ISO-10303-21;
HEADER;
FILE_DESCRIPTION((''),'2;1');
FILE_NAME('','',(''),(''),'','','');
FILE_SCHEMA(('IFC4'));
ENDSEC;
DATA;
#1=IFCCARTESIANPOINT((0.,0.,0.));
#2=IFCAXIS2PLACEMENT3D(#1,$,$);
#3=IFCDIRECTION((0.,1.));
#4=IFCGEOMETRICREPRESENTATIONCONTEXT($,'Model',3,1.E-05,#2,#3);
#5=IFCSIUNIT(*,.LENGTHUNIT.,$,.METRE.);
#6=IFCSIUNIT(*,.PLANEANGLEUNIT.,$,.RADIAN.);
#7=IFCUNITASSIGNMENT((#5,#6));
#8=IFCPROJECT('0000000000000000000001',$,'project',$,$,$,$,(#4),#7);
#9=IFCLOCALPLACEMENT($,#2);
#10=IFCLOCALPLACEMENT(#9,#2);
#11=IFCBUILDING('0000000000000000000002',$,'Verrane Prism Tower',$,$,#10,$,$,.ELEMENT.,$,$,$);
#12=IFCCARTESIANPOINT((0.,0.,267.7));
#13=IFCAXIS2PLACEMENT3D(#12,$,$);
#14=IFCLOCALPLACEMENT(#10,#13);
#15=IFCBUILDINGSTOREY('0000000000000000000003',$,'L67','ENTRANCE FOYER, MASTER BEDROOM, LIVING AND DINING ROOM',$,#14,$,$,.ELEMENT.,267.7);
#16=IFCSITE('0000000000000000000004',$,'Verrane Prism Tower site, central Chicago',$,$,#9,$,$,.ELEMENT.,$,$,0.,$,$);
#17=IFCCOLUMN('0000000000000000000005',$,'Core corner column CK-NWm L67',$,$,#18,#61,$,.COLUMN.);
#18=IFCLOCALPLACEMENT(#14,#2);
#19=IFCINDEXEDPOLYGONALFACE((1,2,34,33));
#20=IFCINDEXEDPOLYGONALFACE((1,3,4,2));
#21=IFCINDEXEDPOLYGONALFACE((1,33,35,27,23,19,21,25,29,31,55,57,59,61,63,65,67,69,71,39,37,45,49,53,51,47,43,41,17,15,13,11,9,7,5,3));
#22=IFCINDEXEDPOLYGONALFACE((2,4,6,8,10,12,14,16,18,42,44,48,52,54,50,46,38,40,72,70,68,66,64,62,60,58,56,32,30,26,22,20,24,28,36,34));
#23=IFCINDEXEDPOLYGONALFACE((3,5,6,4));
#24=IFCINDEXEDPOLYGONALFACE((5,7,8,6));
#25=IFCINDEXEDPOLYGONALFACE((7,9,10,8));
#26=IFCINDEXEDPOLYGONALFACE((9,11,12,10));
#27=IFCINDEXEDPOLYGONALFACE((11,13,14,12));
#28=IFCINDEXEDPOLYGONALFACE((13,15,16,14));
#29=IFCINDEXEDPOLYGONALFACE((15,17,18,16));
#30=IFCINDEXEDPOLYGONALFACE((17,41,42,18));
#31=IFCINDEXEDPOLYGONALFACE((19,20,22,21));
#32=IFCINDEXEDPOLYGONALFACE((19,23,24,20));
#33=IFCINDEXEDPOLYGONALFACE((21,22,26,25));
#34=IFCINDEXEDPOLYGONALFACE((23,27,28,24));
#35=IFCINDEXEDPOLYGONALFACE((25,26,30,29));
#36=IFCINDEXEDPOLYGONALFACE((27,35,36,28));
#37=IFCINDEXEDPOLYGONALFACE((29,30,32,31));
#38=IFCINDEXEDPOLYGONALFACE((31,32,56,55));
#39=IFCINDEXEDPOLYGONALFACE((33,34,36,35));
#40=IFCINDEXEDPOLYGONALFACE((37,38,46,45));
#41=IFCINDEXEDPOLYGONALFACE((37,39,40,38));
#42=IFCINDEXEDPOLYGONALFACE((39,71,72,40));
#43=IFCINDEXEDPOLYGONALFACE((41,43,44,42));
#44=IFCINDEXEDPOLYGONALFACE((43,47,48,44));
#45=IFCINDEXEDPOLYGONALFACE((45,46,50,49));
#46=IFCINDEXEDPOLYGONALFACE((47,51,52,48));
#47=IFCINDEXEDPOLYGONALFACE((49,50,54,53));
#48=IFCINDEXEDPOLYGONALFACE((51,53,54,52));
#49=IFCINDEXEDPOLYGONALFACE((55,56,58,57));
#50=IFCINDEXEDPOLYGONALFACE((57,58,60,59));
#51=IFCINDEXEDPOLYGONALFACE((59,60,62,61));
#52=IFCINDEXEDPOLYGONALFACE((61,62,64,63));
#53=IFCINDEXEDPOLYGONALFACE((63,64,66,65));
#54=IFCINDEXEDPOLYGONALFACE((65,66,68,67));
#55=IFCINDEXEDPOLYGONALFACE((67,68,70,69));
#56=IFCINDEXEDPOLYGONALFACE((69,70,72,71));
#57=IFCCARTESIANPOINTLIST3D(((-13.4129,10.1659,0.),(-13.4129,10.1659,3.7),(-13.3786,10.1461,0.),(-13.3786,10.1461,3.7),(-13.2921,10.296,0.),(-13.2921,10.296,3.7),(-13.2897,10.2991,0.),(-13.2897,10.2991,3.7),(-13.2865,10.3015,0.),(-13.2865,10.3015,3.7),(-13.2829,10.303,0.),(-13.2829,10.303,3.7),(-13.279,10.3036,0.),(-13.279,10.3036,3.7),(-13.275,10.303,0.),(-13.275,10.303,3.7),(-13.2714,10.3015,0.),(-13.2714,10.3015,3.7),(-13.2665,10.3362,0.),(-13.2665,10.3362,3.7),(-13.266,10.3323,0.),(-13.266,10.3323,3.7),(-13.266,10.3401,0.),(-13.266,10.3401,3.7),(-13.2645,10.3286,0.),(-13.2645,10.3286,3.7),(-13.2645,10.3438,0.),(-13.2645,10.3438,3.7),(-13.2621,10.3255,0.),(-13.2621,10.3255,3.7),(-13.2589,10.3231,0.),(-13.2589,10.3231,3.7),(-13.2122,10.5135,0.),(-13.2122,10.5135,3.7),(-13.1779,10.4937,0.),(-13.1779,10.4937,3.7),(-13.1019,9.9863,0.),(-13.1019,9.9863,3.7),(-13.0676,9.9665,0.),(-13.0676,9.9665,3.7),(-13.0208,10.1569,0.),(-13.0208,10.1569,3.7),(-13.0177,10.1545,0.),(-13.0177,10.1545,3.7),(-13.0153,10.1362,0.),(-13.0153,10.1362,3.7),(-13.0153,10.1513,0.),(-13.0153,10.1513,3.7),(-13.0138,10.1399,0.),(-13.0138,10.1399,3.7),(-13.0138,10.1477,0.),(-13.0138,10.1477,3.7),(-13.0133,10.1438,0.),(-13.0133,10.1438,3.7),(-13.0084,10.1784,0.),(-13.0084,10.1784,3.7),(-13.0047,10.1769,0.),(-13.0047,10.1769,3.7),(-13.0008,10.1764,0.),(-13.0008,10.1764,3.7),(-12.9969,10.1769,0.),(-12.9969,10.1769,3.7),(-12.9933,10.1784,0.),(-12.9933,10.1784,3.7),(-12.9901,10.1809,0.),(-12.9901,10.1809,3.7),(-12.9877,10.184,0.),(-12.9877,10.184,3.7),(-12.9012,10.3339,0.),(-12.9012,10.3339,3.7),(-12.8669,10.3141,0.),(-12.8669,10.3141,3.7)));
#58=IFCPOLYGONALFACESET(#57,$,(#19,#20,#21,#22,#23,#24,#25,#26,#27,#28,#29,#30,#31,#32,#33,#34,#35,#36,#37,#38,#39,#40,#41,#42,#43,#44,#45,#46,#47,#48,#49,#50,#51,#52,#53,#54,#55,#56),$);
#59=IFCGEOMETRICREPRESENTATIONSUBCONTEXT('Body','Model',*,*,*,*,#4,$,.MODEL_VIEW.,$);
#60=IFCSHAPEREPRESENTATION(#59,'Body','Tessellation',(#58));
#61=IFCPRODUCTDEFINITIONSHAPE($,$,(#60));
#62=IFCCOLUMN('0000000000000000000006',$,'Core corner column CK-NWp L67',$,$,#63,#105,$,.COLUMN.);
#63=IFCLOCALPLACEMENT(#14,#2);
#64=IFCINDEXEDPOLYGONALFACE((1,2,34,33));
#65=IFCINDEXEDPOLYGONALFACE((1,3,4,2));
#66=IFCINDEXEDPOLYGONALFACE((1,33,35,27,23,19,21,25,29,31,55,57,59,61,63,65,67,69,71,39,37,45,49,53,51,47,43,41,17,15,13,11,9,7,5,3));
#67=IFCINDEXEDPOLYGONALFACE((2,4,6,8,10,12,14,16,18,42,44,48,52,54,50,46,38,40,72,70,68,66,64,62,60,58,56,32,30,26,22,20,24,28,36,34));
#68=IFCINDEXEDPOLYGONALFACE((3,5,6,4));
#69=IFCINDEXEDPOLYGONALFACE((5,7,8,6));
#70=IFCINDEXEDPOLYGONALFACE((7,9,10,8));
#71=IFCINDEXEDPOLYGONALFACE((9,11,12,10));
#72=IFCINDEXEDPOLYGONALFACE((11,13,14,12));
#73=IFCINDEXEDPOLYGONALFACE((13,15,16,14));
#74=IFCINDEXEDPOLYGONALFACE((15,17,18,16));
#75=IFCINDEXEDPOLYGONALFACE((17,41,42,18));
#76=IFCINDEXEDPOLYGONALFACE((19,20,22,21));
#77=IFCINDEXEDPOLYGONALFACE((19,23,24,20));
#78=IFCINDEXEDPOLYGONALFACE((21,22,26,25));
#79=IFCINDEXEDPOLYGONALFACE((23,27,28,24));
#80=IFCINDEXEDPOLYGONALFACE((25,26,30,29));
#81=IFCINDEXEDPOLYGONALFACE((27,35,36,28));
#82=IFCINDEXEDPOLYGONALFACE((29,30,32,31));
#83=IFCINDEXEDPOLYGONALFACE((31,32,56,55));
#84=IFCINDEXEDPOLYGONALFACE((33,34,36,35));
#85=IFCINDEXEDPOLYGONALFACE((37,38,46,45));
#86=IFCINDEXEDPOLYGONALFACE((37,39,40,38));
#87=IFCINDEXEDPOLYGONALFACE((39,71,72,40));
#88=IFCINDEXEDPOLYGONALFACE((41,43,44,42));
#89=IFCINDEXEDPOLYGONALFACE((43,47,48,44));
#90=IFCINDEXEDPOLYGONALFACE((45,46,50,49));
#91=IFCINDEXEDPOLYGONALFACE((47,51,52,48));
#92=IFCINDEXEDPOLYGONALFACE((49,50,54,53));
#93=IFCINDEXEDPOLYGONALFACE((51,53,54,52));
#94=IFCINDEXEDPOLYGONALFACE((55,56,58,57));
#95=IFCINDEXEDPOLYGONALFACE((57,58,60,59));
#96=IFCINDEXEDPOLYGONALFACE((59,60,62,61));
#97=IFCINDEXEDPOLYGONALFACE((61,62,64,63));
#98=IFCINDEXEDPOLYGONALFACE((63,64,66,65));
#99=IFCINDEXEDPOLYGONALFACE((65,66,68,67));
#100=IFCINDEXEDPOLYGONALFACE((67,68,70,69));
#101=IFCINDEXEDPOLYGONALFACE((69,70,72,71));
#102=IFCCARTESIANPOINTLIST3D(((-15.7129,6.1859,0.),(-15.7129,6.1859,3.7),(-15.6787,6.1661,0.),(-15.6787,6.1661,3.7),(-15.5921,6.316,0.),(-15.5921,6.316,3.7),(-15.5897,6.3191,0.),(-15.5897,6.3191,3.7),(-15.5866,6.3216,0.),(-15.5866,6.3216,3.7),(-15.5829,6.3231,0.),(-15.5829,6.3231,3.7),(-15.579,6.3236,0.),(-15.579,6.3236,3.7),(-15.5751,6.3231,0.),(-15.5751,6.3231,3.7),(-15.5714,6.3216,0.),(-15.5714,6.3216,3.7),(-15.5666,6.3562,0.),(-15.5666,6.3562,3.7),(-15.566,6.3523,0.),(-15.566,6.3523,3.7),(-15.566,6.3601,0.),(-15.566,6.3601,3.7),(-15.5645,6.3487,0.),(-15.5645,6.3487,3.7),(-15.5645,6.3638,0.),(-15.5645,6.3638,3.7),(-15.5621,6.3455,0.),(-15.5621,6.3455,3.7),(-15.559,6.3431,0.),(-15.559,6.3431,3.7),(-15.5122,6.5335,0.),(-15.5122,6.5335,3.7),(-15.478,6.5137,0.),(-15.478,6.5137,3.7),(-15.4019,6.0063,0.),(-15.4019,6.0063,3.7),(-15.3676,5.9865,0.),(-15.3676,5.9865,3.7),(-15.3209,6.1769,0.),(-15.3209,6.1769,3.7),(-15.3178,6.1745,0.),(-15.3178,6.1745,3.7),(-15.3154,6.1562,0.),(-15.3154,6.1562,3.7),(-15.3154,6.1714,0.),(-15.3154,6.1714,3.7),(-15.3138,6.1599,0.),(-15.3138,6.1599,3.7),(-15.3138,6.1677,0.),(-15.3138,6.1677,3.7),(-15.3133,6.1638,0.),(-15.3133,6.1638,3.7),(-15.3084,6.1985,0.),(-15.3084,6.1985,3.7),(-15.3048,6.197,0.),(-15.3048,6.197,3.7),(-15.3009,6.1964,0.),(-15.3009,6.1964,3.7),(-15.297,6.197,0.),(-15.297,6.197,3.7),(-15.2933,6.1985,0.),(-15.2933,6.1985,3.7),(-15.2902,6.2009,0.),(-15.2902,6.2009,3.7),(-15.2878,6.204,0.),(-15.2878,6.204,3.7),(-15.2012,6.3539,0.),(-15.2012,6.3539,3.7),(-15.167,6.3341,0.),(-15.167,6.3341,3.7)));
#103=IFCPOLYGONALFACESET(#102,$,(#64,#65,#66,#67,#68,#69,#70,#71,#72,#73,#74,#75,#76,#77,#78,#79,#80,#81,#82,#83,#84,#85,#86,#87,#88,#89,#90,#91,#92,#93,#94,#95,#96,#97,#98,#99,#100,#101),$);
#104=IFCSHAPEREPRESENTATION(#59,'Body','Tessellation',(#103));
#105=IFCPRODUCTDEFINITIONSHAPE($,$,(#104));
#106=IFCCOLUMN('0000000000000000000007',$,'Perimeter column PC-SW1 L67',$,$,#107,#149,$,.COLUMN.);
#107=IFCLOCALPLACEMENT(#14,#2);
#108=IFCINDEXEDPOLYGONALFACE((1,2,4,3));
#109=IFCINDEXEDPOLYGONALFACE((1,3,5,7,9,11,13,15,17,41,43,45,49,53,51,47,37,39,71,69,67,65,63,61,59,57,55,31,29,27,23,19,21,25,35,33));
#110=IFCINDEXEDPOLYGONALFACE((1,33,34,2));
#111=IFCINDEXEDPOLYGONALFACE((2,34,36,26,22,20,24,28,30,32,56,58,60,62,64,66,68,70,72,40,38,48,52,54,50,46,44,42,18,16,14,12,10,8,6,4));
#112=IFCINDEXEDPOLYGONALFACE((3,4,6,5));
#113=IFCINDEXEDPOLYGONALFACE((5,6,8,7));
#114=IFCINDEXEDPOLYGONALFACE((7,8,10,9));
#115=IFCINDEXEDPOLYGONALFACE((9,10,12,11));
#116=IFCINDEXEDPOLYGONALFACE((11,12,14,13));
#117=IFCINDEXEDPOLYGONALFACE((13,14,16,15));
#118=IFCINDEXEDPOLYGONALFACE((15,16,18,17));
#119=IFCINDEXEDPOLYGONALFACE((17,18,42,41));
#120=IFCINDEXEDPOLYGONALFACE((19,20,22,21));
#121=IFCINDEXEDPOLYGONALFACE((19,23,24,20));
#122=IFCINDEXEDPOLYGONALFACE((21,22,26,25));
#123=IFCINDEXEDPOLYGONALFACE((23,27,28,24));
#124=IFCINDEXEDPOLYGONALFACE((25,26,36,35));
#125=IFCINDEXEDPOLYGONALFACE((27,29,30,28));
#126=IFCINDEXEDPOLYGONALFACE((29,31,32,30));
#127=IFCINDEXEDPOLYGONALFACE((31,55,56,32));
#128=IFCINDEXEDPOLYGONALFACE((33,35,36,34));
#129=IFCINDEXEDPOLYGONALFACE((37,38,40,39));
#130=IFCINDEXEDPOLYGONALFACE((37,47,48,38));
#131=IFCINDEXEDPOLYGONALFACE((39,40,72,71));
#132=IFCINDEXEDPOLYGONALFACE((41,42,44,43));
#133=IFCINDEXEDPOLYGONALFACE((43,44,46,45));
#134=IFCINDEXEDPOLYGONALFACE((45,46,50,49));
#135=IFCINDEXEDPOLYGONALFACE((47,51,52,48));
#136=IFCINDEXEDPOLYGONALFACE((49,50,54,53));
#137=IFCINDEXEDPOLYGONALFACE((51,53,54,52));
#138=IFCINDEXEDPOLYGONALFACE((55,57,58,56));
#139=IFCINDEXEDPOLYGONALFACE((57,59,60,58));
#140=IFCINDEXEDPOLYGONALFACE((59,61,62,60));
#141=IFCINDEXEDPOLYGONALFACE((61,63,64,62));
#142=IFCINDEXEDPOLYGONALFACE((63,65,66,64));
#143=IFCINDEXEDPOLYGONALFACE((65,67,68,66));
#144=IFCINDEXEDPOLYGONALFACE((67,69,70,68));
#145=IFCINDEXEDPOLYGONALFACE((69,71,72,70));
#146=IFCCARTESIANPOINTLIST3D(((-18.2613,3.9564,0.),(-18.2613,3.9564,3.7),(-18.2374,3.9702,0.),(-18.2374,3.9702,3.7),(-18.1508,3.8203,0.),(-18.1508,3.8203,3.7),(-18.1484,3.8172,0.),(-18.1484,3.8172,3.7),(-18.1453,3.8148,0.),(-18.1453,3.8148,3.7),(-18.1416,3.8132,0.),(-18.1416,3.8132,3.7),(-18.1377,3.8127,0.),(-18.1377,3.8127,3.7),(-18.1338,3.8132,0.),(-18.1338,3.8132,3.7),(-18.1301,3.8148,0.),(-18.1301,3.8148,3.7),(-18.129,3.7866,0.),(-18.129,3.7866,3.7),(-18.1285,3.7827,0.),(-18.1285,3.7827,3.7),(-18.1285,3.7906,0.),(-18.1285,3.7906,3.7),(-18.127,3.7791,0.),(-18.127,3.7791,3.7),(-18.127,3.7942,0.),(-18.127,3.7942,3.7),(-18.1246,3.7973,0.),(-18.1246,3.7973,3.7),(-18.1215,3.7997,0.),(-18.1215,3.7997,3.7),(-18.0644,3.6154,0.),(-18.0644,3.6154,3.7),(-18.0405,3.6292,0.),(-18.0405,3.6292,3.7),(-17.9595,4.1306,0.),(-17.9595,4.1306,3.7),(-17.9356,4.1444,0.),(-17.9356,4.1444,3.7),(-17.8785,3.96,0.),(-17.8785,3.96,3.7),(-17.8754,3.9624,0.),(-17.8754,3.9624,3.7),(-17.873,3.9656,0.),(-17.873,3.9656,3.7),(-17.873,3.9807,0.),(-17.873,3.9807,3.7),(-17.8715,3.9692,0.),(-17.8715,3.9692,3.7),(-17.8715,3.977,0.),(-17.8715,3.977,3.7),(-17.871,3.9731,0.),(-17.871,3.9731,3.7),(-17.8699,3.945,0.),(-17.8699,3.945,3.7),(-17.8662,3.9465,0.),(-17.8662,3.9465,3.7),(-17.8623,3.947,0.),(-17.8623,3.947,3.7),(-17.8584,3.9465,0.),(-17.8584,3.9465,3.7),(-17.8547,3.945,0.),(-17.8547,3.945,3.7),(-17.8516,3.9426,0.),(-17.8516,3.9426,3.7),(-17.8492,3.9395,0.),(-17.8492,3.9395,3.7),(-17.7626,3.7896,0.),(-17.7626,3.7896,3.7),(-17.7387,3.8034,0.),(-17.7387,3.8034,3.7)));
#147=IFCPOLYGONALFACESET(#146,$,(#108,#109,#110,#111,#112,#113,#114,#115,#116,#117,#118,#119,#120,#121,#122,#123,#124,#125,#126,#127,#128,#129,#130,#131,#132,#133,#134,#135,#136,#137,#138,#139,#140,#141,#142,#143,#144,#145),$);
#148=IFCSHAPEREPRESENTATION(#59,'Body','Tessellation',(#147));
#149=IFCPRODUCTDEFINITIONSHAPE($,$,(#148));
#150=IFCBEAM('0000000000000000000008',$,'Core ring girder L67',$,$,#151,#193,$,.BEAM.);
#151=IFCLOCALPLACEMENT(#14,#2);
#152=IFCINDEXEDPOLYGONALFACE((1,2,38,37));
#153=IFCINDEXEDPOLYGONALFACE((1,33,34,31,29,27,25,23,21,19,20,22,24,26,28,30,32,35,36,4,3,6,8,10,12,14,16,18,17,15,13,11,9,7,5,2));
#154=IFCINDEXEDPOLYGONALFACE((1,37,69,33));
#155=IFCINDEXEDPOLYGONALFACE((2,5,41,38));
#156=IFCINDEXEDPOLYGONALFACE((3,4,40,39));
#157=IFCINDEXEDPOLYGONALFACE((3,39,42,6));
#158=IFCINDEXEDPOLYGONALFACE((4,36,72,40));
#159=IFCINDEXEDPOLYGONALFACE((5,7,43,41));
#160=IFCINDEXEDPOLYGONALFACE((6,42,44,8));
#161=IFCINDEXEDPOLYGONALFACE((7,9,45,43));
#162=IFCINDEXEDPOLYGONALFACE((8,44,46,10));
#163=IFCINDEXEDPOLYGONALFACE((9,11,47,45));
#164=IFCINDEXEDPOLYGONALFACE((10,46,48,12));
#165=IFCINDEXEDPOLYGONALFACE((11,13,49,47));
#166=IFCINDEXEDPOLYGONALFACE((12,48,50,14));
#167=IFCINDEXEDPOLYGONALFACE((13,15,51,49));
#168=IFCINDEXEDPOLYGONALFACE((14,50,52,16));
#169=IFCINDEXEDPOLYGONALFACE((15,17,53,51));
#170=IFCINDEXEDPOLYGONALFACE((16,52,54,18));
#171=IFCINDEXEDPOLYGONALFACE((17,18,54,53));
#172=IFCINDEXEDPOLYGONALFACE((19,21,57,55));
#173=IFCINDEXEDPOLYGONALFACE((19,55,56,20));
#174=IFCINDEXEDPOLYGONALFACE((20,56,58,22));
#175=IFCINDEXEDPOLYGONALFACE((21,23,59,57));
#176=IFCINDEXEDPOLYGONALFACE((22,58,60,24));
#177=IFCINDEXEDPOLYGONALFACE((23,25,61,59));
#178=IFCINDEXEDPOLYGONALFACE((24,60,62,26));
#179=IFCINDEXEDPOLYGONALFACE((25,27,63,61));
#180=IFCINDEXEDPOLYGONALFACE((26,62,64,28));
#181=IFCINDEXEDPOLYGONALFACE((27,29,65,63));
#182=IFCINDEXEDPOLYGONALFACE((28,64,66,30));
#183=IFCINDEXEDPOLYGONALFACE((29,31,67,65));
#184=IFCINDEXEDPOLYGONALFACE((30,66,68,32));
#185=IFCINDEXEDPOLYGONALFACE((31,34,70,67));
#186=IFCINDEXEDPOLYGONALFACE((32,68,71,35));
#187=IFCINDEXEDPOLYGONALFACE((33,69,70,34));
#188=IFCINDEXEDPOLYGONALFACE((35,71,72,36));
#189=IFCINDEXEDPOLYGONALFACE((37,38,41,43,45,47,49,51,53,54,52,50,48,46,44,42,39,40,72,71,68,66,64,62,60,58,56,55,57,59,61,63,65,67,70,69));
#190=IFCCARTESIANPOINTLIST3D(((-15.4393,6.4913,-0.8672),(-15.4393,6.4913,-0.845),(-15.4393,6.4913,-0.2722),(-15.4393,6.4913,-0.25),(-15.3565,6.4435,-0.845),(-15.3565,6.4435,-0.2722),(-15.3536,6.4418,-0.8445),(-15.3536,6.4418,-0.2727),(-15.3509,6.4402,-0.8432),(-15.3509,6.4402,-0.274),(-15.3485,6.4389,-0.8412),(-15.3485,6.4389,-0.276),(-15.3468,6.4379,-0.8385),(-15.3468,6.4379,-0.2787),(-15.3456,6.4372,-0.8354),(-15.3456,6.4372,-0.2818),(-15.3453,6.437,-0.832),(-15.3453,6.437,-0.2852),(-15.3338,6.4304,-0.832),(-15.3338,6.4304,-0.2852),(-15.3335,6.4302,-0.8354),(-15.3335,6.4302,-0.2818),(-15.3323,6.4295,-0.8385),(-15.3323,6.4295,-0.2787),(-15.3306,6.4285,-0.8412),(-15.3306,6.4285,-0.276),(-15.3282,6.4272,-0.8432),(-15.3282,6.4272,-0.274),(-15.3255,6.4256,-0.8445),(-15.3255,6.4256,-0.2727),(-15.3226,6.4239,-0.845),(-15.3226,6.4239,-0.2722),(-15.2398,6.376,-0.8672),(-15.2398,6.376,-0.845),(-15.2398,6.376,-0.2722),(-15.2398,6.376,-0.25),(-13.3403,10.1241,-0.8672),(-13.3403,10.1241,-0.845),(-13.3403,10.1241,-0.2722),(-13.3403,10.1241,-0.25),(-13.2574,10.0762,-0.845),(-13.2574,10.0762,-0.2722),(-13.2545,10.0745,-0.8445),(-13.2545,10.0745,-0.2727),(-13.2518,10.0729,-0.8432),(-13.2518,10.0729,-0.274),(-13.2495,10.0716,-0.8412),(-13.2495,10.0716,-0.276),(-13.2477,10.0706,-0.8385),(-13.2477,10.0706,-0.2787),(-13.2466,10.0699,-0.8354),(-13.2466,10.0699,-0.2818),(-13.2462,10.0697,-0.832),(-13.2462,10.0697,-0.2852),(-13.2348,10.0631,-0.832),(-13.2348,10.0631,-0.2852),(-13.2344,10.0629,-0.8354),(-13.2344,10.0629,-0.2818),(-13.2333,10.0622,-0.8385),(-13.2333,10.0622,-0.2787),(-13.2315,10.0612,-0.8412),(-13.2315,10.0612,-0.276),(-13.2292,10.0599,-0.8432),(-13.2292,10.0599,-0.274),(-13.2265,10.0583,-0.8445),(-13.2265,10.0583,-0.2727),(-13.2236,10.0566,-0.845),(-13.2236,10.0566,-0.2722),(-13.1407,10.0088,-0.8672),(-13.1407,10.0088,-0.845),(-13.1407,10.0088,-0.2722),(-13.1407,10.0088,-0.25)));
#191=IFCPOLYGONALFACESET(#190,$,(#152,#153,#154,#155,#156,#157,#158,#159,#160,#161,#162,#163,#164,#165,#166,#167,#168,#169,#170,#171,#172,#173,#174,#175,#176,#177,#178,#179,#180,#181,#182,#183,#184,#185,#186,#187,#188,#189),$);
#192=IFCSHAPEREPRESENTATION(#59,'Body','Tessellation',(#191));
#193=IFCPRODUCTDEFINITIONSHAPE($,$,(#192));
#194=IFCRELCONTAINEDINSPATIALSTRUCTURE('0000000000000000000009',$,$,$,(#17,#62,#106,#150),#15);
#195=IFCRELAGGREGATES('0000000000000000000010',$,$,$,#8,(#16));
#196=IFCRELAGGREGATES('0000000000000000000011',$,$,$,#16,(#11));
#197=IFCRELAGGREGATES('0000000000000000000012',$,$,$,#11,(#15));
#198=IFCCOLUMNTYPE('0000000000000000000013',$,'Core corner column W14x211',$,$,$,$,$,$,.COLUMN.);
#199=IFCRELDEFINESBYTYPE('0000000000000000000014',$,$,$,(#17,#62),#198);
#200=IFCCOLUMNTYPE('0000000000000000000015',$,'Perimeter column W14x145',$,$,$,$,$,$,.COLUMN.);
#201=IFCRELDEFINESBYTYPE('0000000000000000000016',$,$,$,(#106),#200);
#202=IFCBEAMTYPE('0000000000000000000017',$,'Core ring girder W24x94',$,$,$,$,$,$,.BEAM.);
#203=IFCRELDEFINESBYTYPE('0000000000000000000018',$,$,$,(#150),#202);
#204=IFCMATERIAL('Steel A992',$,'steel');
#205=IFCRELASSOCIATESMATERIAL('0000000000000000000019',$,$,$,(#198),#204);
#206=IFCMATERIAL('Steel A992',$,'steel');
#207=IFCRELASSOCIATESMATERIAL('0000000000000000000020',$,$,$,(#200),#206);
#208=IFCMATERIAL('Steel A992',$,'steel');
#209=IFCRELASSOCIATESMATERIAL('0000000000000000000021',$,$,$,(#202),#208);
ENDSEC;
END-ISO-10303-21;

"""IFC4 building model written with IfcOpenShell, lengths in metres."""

from ifc_helpers import new_model, si_unit, direction, frame, origin, origin_2d, place, context, subcontext, project, spatial, i_section, extrude, material, material_profile, profile_set, type_object, element, save


model = new_model("IFC4")

# Units and contexts
model_context = context("Model", 3, precision=1e-05, world=origin(), true_north=direction((0.0, 1.0)))
body_context = subcontext(model_context, "Body", "Model", "MODEL_VIEW")
ifc_project = project(units=[si_unit("LENGTHUNIT", "METRE"), si_unit("PLANEANGLEUNIT", "RADIAN")], contexts=[model_context])

# Site, building, storey
site_placement = place(None, origin())
site = spatial("IfcSite", under=ifc_project, at=site_placement, Name="Verrane Prism Tower site, central Chicago", CompositionType="ELEMENT", RefElevation=0.0)
building_placement = place(site_placement, origin())
building = spatial("IfcBuilding", under=site, at=building_placement, Name="Verrane Prism Tower", CompositionType="ELEMENT")
storey_placement = place(building_placement, frame((0.0, 0.0, 267.7)))
storey = spatial("IfcBuildingStorey", under=building, at=storey_placement, Name="L67", Description="ENTRANCE FOYER, MASTER BEDROOM, LIVING AND DINING ROOM", CompositionType="ELEMENT", Elevation=267.7)

# Columns
ifc_material_1 = material(Name="Steel A992", Category="steel")
ifc_material_profile_1 = material_profile(ifc_material_1, i_section(OverallWidth=0.4014, OverallDepth=0.3987, WebThickness=0.0249, FlangeThickness=0.0396, FilletRadius=0.0151, at=origin_2d()), Name="W14x211")
ifc_profile_set_1 = profile_set([ifc_material_profile_1], Name="Steel A992")
column_type_1 = type_object("IfcColumnType", Name="Core corner column W14x211", PredefinedType="COLUMN", material=ifc_profile_set_1)
for number, where, z_axis, x_axis, name in (
    (1, (-13.1399, 10.24, 0.0), (0.0, 0.0, 1.0), (0.5, 0.866025, 0.0), "Core corner column CK-NWm L67"),
    (2, (-15.4399, 6.26, 0.0), (0.0, 0.0, 1.0), (0.5, 0.866025, 0.0), "Core corner column CK-NWp L67"),
):
    element("IfcColumn", number, at=place(storey_placement, frame(where, z_axis=z_axis, x_axis=x_axis)), inside=storey, type_object=column_type_1, Name=name, PredefinedType="COLUMN", context=body_context, shape_type="SweptSolid", body=[
        extrude(i_section(OverallWidth=0.4014, OverallDepth=0.3987, WebThickness=0.0249, FlangeThickness=0.0396, FilletRadius=0.0151, at=origin_2d()), origin(), (0.0, 0.0, 1.0), 3.7),
    ])
ifc_material_2 = material(Name="Steel A992", Category="steel")
ifc_material_profile_2 = material_profile(ifc_material_2, i_section(OverallWidth=0.3938, OverallDepth=0.376, WebThickness=0.0173, FlangeThickness=0.0276, FilletRadius=0.0151, at=origin_2d()), Name="W14x145")
ifc_profile_set_2 = profile_set([ifc_material_profile_2], Name="Steel A992")
column_type_2 = type_object("IfcColumnType", Name="Perimeter column W14x145", PredefinedType="COLUMN", material=ifc_profile_set_2)
column_placement = place(storey_placement, frame((-18.0, 3.8799, 0.0), z_axis=(0.0, 0.0, 1.0), x_axis=(-0.5, 0.866025, 0.0)))
element("IfcColumn", 3, at=column_placement, inside=storey, type_object=column_type_2, Name="Perimeter column PC-SW1 L67", PredefinedType="COLUMN", context=body_context, shape_type="SweptSolid", body=[
    extrude(i_section(OverallWidth=0.3938, OverallDepth=0.376, WebThickness=0.0173, FlangeThickness=0.0276, FilletRadius=0.0151, at=origin_2d()), origin(), (0.0, 0.0, 1.0), 3.7),
])

# Beam
ifc_material_3 = material(Name="Steel A992", Category="steel")
ifc_material_profile_3 = material_profile(ifc_material_3, i_section(OverallWidth=0.2305, OverallDepth=0.6172, WebThickness=0.0132, FlangeThickness=0.0222, FilletRadius=0.0129, at=origin_2d()), Name="W24x94")
ifc_profile_set_3 = profile_set([ifc_material_profile_3], Name="Steel A992")
beam_type_1 = type_object("IfcBeamType", Name="Core ring girder W24x94", PredefinedType="BEAM", material=ifc_profile_set_3)
beam_1_placement = place(storey_placement, frame((-13.2405, 10.0664, -0.5586), z_axis=(-0.500307, -0.865848, 0.0), x_axis=(0.865848, -0.500307, 0.0)))
element("IfcBeam", 4, at=beam_1_placement, inside=storey, type_object=beam_type_1, Name="Core ring girder L67", PredefinedType="BEAM", context=body_context, shape_type="SweptSolid", body=[
    extrude(i_section(OverallWidth=0.2305, OverallDepth=0.6172, WebThickness=0.0132, FlangeThickness=0.0222, FilletRadius=0.0129, at=origin_2d()), origin(), (0.0, 0.0, 1.0), 4.1956),
])

save(model, "model.ifc")
